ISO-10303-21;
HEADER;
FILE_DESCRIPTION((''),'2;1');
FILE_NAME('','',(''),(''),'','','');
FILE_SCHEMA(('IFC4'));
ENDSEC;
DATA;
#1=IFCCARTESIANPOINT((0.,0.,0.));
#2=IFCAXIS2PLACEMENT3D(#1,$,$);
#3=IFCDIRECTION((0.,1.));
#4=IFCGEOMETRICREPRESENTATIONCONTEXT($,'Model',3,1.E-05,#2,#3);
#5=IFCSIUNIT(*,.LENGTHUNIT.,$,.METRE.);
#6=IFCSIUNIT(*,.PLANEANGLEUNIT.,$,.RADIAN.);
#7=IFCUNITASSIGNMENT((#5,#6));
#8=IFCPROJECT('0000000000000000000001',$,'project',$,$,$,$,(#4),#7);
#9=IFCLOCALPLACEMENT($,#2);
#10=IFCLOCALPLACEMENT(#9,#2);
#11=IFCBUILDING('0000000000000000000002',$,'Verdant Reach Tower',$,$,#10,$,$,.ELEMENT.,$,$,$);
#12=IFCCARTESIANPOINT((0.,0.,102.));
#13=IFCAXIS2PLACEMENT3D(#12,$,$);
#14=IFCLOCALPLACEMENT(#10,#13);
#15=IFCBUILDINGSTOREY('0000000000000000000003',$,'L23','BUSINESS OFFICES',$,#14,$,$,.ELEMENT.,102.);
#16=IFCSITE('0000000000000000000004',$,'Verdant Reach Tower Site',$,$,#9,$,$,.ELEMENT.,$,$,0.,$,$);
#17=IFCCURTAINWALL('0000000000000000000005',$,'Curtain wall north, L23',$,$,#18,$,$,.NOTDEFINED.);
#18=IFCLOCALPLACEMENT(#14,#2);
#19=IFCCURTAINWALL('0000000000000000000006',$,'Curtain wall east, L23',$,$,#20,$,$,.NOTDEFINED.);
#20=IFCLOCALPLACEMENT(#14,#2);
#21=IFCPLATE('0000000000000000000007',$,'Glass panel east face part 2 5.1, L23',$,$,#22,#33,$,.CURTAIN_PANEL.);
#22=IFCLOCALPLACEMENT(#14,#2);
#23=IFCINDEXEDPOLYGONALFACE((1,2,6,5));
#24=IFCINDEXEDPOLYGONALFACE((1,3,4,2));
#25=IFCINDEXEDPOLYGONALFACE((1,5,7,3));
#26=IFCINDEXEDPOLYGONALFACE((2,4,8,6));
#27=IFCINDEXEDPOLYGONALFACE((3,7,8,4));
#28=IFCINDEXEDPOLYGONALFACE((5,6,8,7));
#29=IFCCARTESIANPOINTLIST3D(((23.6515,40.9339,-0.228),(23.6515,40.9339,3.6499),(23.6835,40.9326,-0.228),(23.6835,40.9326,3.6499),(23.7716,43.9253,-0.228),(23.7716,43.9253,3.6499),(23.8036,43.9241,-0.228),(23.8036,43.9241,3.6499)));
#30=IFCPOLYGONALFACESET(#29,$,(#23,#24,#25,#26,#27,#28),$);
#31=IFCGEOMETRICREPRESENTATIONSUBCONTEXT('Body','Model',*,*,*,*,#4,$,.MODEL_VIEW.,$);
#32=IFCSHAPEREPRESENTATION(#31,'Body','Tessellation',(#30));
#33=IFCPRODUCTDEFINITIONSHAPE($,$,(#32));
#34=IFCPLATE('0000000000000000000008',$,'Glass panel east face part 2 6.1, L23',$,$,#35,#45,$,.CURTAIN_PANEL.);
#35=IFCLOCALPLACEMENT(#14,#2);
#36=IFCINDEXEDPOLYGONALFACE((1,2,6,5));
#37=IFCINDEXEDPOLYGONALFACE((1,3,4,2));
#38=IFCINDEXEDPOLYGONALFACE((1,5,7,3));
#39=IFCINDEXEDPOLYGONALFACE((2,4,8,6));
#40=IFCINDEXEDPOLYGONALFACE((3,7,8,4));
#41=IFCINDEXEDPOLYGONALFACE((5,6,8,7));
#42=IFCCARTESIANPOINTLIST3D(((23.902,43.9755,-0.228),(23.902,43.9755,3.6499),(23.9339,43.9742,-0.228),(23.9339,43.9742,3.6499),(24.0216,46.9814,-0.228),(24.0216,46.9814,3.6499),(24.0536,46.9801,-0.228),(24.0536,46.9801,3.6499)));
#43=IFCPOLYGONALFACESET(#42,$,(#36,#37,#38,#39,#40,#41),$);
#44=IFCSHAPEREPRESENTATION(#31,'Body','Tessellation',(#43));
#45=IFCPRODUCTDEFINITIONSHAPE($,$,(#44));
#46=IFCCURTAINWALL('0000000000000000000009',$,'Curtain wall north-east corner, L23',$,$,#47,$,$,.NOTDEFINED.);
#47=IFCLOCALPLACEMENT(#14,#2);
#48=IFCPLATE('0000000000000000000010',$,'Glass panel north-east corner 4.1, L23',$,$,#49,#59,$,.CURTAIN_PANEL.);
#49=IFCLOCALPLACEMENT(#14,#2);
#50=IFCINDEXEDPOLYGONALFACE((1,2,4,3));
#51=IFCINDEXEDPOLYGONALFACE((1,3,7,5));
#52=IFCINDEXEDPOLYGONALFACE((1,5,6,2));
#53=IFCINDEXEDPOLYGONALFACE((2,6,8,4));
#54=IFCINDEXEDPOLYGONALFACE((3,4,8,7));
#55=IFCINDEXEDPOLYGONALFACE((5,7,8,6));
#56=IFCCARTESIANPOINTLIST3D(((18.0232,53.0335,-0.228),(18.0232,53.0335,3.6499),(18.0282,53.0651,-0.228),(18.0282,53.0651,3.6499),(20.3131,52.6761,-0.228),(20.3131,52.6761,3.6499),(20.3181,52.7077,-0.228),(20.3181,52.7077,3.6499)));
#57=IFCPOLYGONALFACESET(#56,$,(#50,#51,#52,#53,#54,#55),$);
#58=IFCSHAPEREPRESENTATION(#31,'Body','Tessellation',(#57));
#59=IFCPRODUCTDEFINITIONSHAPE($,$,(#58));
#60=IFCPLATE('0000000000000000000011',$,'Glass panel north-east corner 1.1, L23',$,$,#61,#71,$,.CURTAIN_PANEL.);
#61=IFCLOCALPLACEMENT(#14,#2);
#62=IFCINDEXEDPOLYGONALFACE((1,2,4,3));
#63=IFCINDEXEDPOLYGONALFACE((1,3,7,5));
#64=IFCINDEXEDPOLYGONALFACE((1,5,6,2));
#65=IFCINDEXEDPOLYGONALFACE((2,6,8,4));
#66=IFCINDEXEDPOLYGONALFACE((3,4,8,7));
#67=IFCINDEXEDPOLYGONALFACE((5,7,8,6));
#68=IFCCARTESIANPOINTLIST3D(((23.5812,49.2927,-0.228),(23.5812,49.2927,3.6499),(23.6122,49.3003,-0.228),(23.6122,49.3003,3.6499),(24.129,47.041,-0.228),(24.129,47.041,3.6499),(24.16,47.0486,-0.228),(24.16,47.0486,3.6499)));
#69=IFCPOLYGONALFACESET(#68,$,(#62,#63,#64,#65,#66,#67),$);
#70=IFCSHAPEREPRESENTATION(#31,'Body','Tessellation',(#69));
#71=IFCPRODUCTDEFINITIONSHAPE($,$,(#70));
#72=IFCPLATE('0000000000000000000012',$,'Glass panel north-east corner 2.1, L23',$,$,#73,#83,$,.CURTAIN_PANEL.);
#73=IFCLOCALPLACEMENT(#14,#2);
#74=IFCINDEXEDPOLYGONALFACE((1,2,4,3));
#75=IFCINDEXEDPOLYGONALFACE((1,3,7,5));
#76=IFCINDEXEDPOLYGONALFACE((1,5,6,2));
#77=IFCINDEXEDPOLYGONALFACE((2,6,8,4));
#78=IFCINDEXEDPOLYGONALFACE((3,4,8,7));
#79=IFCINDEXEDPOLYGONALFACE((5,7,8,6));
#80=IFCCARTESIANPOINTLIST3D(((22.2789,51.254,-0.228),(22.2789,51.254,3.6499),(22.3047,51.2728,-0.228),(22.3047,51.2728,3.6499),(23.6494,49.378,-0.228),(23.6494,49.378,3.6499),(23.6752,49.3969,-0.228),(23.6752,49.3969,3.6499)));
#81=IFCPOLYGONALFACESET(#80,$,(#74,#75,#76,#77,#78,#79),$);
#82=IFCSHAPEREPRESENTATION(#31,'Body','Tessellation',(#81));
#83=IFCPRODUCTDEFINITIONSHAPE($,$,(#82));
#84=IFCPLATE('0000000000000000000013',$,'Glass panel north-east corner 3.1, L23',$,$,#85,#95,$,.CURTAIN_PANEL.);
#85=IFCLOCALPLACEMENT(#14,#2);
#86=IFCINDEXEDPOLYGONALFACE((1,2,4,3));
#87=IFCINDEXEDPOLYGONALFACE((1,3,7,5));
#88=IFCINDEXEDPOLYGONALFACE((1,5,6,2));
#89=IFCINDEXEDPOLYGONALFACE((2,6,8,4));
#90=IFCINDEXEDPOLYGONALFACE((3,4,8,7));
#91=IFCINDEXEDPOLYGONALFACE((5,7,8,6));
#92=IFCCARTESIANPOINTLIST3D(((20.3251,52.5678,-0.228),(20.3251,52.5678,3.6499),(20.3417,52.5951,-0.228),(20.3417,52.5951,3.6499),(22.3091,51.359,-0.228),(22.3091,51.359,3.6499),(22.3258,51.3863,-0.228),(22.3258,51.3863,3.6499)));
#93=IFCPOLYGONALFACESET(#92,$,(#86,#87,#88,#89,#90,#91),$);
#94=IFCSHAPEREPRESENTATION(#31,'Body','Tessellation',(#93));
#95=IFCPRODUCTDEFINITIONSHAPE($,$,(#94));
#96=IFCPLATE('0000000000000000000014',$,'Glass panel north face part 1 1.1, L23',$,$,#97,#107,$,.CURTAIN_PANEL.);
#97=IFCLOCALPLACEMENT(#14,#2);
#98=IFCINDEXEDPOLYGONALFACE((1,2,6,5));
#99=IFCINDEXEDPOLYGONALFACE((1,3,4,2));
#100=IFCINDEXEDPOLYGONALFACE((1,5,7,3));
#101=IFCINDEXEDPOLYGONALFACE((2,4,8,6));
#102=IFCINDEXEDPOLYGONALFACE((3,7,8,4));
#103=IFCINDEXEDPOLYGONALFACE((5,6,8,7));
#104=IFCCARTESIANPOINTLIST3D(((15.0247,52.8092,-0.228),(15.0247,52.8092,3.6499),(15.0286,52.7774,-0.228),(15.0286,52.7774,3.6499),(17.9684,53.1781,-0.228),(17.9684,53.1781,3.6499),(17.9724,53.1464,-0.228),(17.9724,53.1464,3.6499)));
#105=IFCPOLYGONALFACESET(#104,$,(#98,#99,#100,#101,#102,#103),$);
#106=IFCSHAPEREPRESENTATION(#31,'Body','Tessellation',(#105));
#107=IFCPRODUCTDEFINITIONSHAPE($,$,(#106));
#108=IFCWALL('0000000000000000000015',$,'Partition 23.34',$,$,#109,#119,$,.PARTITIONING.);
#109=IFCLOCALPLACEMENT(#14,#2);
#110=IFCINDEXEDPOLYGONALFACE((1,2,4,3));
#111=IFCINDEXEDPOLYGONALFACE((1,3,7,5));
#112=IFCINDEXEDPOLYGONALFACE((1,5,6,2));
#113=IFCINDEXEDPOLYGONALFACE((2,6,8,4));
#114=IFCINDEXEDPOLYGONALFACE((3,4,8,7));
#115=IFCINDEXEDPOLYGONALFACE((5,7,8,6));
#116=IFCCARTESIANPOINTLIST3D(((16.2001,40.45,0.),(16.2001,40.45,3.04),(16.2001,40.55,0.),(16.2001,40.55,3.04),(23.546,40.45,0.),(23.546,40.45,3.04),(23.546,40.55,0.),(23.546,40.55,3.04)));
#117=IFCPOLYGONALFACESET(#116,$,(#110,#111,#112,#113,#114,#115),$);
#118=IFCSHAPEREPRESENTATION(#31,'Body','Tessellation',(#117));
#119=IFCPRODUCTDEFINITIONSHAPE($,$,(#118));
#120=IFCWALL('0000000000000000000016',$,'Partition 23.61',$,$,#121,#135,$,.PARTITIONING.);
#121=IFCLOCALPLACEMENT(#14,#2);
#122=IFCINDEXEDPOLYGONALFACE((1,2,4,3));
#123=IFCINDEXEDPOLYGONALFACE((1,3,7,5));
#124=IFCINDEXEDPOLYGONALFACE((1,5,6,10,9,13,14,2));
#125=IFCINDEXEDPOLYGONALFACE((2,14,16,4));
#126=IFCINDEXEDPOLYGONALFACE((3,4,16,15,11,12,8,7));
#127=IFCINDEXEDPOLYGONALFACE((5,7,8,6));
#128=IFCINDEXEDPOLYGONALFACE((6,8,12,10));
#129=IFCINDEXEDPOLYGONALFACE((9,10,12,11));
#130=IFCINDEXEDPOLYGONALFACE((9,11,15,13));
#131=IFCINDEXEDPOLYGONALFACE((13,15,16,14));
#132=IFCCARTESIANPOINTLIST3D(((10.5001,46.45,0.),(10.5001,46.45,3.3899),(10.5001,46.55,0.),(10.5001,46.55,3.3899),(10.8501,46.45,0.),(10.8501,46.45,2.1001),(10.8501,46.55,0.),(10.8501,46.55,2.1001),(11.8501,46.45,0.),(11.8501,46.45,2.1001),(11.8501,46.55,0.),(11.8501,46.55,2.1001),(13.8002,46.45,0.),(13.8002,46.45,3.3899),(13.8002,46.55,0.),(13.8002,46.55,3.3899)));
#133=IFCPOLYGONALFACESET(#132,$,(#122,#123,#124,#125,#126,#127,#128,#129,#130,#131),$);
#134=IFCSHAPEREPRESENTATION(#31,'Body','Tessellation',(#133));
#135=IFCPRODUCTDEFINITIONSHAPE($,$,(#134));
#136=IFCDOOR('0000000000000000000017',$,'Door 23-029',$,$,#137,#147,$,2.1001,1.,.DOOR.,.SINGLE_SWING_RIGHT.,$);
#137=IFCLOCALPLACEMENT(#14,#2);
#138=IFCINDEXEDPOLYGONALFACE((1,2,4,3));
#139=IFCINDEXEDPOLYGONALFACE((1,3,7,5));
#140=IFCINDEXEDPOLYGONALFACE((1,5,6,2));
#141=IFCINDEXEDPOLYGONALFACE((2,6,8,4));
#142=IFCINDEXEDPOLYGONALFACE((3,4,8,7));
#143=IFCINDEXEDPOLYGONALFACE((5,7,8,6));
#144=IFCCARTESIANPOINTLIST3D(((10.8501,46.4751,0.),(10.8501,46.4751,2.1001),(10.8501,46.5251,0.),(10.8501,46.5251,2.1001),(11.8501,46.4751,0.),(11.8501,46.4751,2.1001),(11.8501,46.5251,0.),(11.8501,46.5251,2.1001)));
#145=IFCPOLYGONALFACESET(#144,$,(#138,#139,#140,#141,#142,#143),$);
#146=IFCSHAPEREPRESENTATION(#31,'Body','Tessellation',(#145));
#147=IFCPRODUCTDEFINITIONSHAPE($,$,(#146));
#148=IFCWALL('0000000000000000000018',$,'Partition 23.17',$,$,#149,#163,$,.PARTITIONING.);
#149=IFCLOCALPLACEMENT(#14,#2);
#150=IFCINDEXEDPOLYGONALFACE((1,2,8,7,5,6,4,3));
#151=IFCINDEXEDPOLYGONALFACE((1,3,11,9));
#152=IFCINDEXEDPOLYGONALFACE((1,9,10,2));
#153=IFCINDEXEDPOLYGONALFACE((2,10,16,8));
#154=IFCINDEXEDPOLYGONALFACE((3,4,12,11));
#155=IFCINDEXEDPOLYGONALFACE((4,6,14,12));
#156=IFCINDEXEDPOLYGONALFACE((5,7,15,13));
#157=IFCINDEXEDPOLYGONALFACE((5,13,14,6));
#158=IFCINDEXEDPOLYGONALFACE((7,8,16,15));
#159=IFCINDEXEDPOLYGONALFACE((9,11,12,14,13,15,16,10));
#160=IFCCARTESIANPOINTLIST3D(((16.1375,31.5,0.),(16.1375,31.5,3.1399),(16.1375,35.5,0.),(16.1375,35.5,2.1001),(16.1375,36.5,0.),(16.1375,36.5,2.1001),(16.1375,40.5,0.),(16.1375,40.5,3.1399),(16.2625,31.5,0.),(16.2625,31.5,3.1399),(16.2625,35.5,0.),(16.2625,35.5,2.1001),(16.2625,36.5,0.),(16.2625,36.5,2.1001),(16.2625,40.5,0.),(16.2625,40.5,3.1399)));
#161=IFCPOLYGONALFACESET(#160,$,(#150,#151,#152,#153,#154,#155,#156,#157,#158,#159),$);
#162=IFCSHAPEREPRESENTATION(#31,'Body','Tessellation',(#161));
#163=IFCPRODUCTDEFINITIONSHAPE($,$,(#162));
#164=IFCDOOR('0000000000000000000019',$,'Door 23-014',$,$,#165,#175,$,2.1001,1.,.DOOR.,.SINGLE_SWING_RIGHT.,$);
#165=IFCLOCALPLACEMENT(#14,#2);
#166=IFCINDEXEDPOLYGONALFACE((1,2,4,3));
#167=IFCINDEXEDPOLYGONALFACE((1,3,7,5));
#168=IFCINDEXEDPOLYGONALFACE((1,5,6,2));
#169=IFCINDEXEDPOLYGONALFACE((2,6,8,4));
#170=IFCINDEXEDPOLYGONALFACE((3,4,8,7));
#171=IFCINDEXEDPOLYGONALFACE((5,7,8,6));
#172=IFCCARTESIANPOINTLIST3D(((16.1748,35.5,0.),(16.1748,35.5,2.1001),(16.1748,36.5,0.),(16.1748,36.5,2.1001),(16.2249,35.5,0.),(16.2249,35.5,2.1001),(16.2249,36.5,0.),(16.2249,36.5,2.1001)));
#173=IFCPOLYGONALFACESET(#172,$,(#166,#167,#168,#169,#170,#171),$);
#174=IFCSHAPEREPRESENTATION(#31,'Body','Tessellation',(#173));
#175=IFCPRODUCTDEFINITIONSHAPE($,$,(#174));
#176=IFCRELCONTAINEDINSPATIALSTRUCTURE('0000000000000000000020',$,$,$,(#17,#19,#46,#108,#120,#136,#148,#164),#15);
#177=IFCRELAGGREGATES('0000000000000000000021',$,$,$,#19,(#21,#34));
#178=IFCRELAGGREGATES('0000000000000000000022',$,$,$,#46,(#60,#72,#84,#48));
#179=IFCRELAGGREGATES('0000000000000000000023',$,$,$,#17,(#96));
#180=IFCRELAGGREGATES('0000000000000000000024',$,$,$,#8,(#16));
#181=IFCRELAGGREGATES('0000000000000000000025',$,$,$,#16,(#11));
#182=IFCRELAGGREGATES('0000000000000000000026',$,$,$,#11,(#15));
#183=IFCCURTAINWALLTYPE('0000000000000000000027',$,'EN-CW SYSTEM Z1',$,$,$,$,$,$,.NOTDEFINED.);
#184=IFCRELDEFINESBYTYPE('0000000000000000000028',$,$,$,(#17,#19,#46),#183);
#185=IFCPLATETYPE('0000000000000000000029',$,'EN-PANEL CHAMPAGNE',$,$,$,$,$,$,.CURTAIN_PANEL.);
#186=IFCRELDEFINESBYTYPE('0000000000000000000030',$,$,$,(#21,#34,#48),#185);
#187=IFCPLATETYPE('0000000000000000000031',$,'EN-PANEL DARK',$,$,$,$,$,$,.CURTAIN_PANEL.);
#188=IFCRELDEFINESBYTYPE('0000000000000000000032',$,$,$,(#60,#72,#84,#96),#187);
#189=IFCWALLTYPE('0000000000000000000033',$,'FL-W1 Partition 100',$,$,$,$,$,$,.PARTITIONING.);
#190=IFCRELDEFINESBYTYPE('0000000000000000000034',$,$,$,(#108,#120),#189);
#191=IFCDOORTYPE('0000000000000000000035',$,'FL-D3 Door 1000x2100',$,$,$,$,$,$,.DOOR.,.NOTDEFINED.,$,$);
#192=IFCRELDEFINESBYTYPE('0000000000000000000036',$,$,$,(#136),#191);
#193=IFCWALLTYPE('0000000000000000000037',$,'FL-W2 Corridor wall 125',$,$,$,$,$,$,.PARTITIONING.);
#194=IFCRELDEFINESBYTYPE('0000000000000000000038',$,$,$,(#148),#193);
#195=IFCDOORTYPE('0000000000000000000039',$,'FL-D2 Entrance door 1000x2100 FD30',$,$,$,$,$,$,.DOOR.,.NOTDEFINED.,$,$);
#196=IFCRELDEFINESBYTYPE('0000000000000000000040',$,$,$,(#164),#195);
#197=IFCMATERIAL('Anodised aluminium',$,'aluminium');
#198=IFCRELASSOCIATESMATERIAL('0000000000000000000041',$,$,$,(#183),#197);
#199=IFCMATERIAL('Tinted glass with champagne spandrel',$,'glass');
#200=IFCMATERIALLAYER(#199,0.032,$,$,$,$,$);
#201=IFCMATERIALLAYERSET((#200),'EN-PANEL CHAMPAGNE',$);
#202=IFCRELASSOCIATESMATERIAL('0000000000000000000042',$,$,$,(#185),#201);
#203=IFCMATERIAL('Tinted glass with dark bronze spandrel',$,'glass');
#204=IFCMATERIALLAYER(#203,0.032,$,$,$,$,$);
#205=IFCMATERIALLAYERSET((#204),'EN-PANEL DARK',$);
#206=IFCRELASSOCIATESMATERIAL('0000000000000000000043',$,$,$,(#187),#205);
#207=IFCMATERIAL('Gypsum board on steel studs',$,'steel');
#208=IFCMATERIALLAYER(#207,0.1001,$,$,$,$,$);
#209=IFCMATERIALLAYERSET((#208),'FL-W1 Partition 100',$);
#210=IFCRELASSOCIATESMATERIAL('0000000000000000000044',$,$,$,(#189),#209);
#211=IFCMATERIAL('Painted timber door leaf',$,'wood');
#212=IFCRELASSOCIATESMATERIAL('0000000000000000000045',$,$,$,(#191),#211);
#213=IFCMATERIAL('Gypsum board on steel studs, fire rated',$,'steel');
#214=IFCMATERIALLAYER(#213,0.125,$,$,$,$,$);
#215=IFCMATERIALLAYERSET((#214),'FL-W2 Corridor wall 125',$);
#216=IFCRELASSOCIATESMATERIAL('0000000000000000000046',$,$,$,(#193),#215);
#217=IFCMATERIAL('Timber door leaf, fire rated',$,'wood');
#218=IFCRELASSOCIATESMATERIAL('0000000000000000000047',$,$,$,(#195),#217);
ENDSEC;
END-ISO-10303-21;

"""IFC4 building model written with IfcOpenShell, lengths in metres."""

from ifc_helpers import new_model, si_unit, direction, frame, frame_2d, origin, origin_2d, place, context, subcontext, project, spatial, rectangle, extrude, material, layer, layer_set, type_object, element, fill, aggregate, save


model = new_model("IFC4")

# Units and contexts
model_context = context("Model", 3, precision=1e-05, world=origin(), true_north=direction((0.0, 1.0)))
body_context = subcontext(model_context, "Body", "Model", "MODEL_VIEW")
ifc_project = project(units=[si_unit("LENGTHUNIT", "METRE"), si_unit("PLANEANGLEUNIT", "RADIAN")], contexts=[model_context])

# Site, building, storey
site_placement = place(None, origin())
site = spatial("IfcSite", under=ifc_project, at=site_placement, Name="Verdant Reach Tower Site", CompositionType="ELEMENT", RefElevation=0.0)
building_placement = place(site_placement, origin())
building = spatial("IfcBuilding", under=site, at=building_placement, Name="Verdant Reach Tower", CompositionType="ELEMENT")
storey_placement = place(building_placement, frame((0.0, 0.0, 102.0)))
storey = spatial("IfcBuildingStorey", under=building, at=storey_placement, Name="L23", Description="BUSINESS OFFICES", CompositionType="ELEMENT", Elevation=102.0)

# Curtain wall
ifc_material_1 = material(Name="Anodised aluminium", Category="aluminium")
curtain_wall_type = type_object("IfcCurtainWallType", Name="EN-CW SYSTEM Z1", PredefinedType="NOTDEFINED", material=ifc_material_1)
curtain_wall_1_placement = place(storey_placement, origin())
curtain_wall_1 = element("IfcCurtainWall", 1, at=curtain_wall_1_placement, inside=storey, type_object=curtain_wall_type, Name="Curtain wall north, L23", PredefinedType="NOTDEFINED")

# Curtain walls, plates
curtain_wall_2_placement = place(storey_placement, origin())
curtain_wall_2 = element("IfcCurtainWall", 2, at=curtain_wall_2_placement, inside=storey, type_object=curtain_wall_type, Name="Curtain wall east, L23", PredefinedType="NOTDEFINED")
ifc_material_2 = material(Name="Tinted glass with champagne spandrel", Category="glass")
ifc_layer_1 = layer(ifc_material_2, 0.032)
ifc_layer_set_1 = layer_set([ifc_layer_1], Name="EN-PANEL CHAMPAGNE")
plate_type_1 = type_object("IfcPlateType", Name="EN-PANEL CHAMPAGNE", PredefinedType="CURTAIN_PANEL", material=ifc_layer_set_1)
plate_1_placement = place(storey_placement, frame((23.7275, 42.429, -0.228), z_axis=(0.0, 0.0, 1.0), x_axis=(0.040109, 0.999195, 0.0)))
plate_1 = element("IfcPlate", 3, at=plate_1_placement, type_object=plate_type_1, Name="Glass panel east face part 2 5.1, L23", PredefinedType="CURTAIN_PANEL", context=body_context, shape_type="SweptSolid", body=[
    extrude(rectangle(XDim=2.9939, YDim=0.032, at=origin_2d()), origin(), (0.0, 0.0, 1.0), 3.8779),
])
plate_2_placement = place(storey_placement, frame((23.9778, 45.4778, -0.228), z_axis=(0.0, 0.0, 1.0), x_axis=(0.039784, 0.999208, 0.0)))
plate_2 = element("IfcPlate", 4, at=plate_2_placement, type_object=plate_type_1, Name="Glass panel east face part 2 6.1, L23", PredefinedType="CURTAIN_PANEL", context=body_context, shape_type="SweptSolid", body=[
    extrude(rectangle(XDim=3.0083, YDim=0.032, at=origin_2d()), origin(), (0.0, 0.0, 1.0), 3.8779),
])
aggregate(curtain_wall_2, [plate_1, plate_2])
curtain_wall_3_placement = place(storey_placement, origin())
curtain_wall_3 = element("IfcCurtainWall", 5, at=curtain_wall_3_placement, inside=storey, type_object=curtain_wall_type, Name="Curtain wall north-east corner, L23", PredefinedType="NOTDEFINED")
plate_3_placement = place(storey_placement, frame((19.1707, 52.8706, -0.228), z_axis=(0.0, 0.0, 1.0), x_axis=(-0.988033, 0.154245, 0.0)))
plate_3 = element("IfcPlate", 6, at=plate_3_placement, type_object=plate_type_1, Name="Glass panel north-east corner 4.1, L23", PredefinedType="CURTAIN_PANEL", context=body_context, shape_type="SweptSolid", body=[
    extrude(rectangle(XDim=2.3176, YDim=0.032, at=origin_2d()), origin(), (0.0, 0.0, 1.0), 3.8779),
])
ifc_material_3 = material(Name="Tinted glass with dark bronze spandrel", Category="glass")
ifc_layer_2 = layer(ifc_material_3, 0.032)
ifc_layer_set_2 = layer_set([ifc_layer_2], Name="EN-PANEL DARK")
plate_type_2 = type_object("IfcPlateType", Name="EN-PANEL DARK", PredefinedType="CURTAIN_PANEL", material=ifc_layer_set_2)
plate_4_placement = place(storey_placement, frame((23.8706, 48.1707, -0.228), z_axis=(0.0, 0.0, 1.0), x_axis=(-0.236383, 0.97166, 0.0)))
plate_4 = element("IfcPlate", 7, at=plate_4_placement, type_object=plate_type_2, Name="Glass panel north-east corner 1.1, L23", PredefinedType="CURTAIN_PANEL", context=body_context, shape_type="SweptSolid", body=[
    extrude(rectangle(XDim=2.3174, YDim=0.032, at=origin_2d()), origin(), (0.0, 0.0, 1.0), 3.8779),
])
plate_5_placement = place(storey_placement, frame((22.9771, 50.3254, -0.228), z_axis=(0.0, 0.0, 1.0), x_axis=(-0.589927, 0.807457, 0.0)))
plate_5 = element("IfcPlate", 8, at=plate_5_placement, type_object=plate_type_2, Name="Glass panel north-east corner 2.1, L23", PredefinedType="CURTAIN_PANEL", context=body_context, shape_type="SweptSolid", body=[
    extrude(rectangle(XDim=2.3232, YDim=0.032, at=origin_2d()), origin(), (0.0, 0.0, 1.0), 3.8779),
])
plate_6_placement = place(storey_placement, frame((21.3254, 51.9771, -0.228), z_axis=(0.0, 0.0, 1.0), x_axis=(-0.853989, 0.520292, 0.0)))
plate_6 = element("IfcPlate", 9, at=plate_6_placement, type_object=plate_type_2, Name="Glass panel north-east corner 3.1, L23", PredefinedType="CURTAIN_PANEL", context=body_context, shape_type="SweptSolid", body=[
    extrude(rectangle(XDim=2.3232, YDim=0.032, at=origin_2d()), origin(), (0.0, 0.0, 1.0), 3.8779),
])
aggregate(curtain_wall_3, [plate_4, plate_5, plate_6, plate_3])

# Plate
plate_7_placement = place(storey_placement, frame((16.4985, 52.9778, -0.228), z_axis=(0.0, 0.0, 1.0), x_axis=(-0.992235, -0.124374, 0.0)))
plate_7 = element("IfcPlate", 10, at=plate_7_placement, type_object=plate_type_2, Name="Glass panel north face part 1 1.1, L23", PredefinedType="CURTAIN_PANEL", context=body_context, shape_type="SweptSolid", body=[
    extrude(rectangle(XDim=2.9668, YDim=0.032, at=origin_2d()), origin(), (0.0, 0.0, 1.0), 3.8779),
])
aggregate(curtain_wall_1, [plate_7])

# Wall
ifc_material_4 = material(Name="Gypsum board on steel studs", Category="steel")
ifc_layer_3 = layer(ifc_material_4, 0.1001)
ifc_layer_set_3 = layer_set([ifc_layer_3], Name="FL-W1 Partition 100")
wall_type_1 = type_object("IfcWallType", Name="FL-W1 Partition 100", PredefinedType="PARTITIONING", material=ifc_layer_set_3)
wall_1_placement = place(storey_placement, frame((23.5459, 40.5, 0.0), z_axis=(0.0, 0.0, 1.0), x_axis=(-1.0, 0.0, 0.0)))
element("IfcWall", 11, at=wall_1_placement, inside=storey, type_object=wall_type_1, Name="Partition 23.34", PredefinedType="PARTITIONING", context=body_context, shape_type="SweptSolid", body=[
    extrude(rectangle(XDim=7.3459, YDim=0.1001, at=frame_2d((3.6729, 0.0))), origin(), (0.0, 0.0, 1.0), 3.04),
])

# Walls, openings, doors
wall_2_placement = place(storey_placement, frame((13.8, 46.5, 0.0), z_axis=(0.0, 0.0, 1.0), x_axis=(-1.0, 0.0, 0.0)))
wall_2 = element("IfcWall", 12, at=wall_2_placement, inside=storey, type_object=wall_type_1, Name="Partition 23.61", PredefinedType="PARTITIONING", context=body_context, shape_type="SweptSolid", body=[
    extrude(rectangle(XDim=3.3, YDim=0.1001, at=frame_2d((1.6499, 0.0))), origin(), (0.0, 0.0, 1.0), 3.3899),
])
opening_1_placement = place(wall_2_placement, frame((1.95, 0.0, 0.0)))
opening_1 = element("IfcOpeningElement", 13, at=opening_1_placement, cuts=wall_2, PredefinedType="OPENING", context=body_context, shape_type="SweptSolid", body=[
    extrude(rectangle(XDim=1.0, YDim=2.1001, at=frame_2d((0.5, 1.05))), frame((0.0, 0.0601, 0.0), z_axis=(0.0, -1.0, 0.0), x_axis=(1.0, 0.0, 0.0)), (0.0, 0.0, 1.0), 0.1201),
])
ifc_material_5 = material(Name="Painted timber door leaf", Category="wood")
door_type_1 = type_object("IfcDoorType", Name="FL-D3 Door 1000x2100", OperationType="NOTDEFINED", PredefinedType="DOOR", material=ifc_material_5)
door_1_placement = place(opening_1_placement, origin())
door_1 = element("IfcDoor", 14, at=door_1_placement, inside=storey, type_object=door_type_1, Name="Door 23-029", OperationType="SINGLE_SWING_RIGHT", OverallHeight=2.1001, OverallWidth=1.0, PredefinedType="DOOR", context=body_context, shape_type="SweptSolid", body=[
    extrude(rectangle(XDim=1.0, YDim=2.1001, at=frame_2d((0.5, 1.05))), frame((0.0, 0.0249, 0.0), z_axis=(0.0, -1.0, 0.0), x_axis=(1.0, 0.0, 0.0)), (0.0, 0.0, 1.0), 0.05),
])
fill(opening_1, door_1)
ifc_material_6 = material(Name="Gypsum board on steel studs, fire rated", Category="steel")
ifc_layer_4 = layer(ifc_material_6, 0.125)
ifc_layer_set_4 = layer_set([ifc_layer_4], Name="FL-W2 Corridor wall 125")
wall_type_2 = type_object("IfcWallType", Name="FL-W2 Corridor wall 125", PredefinedType="PARTITIONING", material=ifc_layer_set_4)
wall_3_placement = place(storey_placement, frame((16.2, 40.5, 0.0), z_axis=(0.0, 0.0, 1.0), x_axis=(0.0, -1.0, 0.0)))
wall_3 = element("IfcWall", 15, at=wall_3_placement, inside=storey, type_object=wall_type_2, Name="Partition 23.17", PredefinedType="PARTITIONING", context=body_context, shape_type="SweptSolid", body=[
    extrude(rectangle(XDim=9.0, YDim=0.125, at=frame_2d((4.5, 0.0))), origin(), (0.0, 0.0, 1.0), 3.1399),
])
opening_2_placement = place(wall_3_placement, frame((4.0, 0.0, 0.0)))
opening_2 = element("IfcOpeningElement", 16, at=opening_2_placement, cuts=wall_3, PredefinedType="OPENING", context=body_context, shape_type="SweptSolid", body=[
    extrude(rectangle(XDim=1.0, YDim=2.1001, at=frame_2d((0.5, 1.05))), frame((0.0, 0.0725, 0.0), z_axis=(0.0, -1.0, 0.0), x_axis=(1.0, 0.0, 0.0)), (0.0, 0.0, 1.0), 0.145),
])
ifc_material_7 = material(Name="Timber door leaf, fire rated", Category="wood")
door_type_2 = type_object("IfcDoorType", Name="FL-D2 Entrance door 1000x2100 FD30", OperationType="NOTDEFINED", PredefinedType="DOOR", material=ifc_material_7)
door_2_placement = place(opening_2_placement, origin())
door_2 = element("IfcDoor", 17, at=door_2_placement, inside=storey, type_object=door_type_2, Name="Door 23-014", OperationType="SINGLE_SWING_RIGHT", OverallHeight=2.1001, OverallWidth=1.0, PredefinedType="DOOR", context=body_context, shape_type="SweptSolid", body=[
    extrude(rectangle(XDim=1.0, YDim=2.1001, at=frame_2d((0.5, 1.05))), frame((0.0, 0.0249, 0.0), z_axis=(0.0, -1.0, 0.0), x_axis=(1.0, 0.0, 0.0)), (0.0, 0.0, 1.0), 0.05),
])
fill(opening_2, door_2)

save(model, "model.ifc")
